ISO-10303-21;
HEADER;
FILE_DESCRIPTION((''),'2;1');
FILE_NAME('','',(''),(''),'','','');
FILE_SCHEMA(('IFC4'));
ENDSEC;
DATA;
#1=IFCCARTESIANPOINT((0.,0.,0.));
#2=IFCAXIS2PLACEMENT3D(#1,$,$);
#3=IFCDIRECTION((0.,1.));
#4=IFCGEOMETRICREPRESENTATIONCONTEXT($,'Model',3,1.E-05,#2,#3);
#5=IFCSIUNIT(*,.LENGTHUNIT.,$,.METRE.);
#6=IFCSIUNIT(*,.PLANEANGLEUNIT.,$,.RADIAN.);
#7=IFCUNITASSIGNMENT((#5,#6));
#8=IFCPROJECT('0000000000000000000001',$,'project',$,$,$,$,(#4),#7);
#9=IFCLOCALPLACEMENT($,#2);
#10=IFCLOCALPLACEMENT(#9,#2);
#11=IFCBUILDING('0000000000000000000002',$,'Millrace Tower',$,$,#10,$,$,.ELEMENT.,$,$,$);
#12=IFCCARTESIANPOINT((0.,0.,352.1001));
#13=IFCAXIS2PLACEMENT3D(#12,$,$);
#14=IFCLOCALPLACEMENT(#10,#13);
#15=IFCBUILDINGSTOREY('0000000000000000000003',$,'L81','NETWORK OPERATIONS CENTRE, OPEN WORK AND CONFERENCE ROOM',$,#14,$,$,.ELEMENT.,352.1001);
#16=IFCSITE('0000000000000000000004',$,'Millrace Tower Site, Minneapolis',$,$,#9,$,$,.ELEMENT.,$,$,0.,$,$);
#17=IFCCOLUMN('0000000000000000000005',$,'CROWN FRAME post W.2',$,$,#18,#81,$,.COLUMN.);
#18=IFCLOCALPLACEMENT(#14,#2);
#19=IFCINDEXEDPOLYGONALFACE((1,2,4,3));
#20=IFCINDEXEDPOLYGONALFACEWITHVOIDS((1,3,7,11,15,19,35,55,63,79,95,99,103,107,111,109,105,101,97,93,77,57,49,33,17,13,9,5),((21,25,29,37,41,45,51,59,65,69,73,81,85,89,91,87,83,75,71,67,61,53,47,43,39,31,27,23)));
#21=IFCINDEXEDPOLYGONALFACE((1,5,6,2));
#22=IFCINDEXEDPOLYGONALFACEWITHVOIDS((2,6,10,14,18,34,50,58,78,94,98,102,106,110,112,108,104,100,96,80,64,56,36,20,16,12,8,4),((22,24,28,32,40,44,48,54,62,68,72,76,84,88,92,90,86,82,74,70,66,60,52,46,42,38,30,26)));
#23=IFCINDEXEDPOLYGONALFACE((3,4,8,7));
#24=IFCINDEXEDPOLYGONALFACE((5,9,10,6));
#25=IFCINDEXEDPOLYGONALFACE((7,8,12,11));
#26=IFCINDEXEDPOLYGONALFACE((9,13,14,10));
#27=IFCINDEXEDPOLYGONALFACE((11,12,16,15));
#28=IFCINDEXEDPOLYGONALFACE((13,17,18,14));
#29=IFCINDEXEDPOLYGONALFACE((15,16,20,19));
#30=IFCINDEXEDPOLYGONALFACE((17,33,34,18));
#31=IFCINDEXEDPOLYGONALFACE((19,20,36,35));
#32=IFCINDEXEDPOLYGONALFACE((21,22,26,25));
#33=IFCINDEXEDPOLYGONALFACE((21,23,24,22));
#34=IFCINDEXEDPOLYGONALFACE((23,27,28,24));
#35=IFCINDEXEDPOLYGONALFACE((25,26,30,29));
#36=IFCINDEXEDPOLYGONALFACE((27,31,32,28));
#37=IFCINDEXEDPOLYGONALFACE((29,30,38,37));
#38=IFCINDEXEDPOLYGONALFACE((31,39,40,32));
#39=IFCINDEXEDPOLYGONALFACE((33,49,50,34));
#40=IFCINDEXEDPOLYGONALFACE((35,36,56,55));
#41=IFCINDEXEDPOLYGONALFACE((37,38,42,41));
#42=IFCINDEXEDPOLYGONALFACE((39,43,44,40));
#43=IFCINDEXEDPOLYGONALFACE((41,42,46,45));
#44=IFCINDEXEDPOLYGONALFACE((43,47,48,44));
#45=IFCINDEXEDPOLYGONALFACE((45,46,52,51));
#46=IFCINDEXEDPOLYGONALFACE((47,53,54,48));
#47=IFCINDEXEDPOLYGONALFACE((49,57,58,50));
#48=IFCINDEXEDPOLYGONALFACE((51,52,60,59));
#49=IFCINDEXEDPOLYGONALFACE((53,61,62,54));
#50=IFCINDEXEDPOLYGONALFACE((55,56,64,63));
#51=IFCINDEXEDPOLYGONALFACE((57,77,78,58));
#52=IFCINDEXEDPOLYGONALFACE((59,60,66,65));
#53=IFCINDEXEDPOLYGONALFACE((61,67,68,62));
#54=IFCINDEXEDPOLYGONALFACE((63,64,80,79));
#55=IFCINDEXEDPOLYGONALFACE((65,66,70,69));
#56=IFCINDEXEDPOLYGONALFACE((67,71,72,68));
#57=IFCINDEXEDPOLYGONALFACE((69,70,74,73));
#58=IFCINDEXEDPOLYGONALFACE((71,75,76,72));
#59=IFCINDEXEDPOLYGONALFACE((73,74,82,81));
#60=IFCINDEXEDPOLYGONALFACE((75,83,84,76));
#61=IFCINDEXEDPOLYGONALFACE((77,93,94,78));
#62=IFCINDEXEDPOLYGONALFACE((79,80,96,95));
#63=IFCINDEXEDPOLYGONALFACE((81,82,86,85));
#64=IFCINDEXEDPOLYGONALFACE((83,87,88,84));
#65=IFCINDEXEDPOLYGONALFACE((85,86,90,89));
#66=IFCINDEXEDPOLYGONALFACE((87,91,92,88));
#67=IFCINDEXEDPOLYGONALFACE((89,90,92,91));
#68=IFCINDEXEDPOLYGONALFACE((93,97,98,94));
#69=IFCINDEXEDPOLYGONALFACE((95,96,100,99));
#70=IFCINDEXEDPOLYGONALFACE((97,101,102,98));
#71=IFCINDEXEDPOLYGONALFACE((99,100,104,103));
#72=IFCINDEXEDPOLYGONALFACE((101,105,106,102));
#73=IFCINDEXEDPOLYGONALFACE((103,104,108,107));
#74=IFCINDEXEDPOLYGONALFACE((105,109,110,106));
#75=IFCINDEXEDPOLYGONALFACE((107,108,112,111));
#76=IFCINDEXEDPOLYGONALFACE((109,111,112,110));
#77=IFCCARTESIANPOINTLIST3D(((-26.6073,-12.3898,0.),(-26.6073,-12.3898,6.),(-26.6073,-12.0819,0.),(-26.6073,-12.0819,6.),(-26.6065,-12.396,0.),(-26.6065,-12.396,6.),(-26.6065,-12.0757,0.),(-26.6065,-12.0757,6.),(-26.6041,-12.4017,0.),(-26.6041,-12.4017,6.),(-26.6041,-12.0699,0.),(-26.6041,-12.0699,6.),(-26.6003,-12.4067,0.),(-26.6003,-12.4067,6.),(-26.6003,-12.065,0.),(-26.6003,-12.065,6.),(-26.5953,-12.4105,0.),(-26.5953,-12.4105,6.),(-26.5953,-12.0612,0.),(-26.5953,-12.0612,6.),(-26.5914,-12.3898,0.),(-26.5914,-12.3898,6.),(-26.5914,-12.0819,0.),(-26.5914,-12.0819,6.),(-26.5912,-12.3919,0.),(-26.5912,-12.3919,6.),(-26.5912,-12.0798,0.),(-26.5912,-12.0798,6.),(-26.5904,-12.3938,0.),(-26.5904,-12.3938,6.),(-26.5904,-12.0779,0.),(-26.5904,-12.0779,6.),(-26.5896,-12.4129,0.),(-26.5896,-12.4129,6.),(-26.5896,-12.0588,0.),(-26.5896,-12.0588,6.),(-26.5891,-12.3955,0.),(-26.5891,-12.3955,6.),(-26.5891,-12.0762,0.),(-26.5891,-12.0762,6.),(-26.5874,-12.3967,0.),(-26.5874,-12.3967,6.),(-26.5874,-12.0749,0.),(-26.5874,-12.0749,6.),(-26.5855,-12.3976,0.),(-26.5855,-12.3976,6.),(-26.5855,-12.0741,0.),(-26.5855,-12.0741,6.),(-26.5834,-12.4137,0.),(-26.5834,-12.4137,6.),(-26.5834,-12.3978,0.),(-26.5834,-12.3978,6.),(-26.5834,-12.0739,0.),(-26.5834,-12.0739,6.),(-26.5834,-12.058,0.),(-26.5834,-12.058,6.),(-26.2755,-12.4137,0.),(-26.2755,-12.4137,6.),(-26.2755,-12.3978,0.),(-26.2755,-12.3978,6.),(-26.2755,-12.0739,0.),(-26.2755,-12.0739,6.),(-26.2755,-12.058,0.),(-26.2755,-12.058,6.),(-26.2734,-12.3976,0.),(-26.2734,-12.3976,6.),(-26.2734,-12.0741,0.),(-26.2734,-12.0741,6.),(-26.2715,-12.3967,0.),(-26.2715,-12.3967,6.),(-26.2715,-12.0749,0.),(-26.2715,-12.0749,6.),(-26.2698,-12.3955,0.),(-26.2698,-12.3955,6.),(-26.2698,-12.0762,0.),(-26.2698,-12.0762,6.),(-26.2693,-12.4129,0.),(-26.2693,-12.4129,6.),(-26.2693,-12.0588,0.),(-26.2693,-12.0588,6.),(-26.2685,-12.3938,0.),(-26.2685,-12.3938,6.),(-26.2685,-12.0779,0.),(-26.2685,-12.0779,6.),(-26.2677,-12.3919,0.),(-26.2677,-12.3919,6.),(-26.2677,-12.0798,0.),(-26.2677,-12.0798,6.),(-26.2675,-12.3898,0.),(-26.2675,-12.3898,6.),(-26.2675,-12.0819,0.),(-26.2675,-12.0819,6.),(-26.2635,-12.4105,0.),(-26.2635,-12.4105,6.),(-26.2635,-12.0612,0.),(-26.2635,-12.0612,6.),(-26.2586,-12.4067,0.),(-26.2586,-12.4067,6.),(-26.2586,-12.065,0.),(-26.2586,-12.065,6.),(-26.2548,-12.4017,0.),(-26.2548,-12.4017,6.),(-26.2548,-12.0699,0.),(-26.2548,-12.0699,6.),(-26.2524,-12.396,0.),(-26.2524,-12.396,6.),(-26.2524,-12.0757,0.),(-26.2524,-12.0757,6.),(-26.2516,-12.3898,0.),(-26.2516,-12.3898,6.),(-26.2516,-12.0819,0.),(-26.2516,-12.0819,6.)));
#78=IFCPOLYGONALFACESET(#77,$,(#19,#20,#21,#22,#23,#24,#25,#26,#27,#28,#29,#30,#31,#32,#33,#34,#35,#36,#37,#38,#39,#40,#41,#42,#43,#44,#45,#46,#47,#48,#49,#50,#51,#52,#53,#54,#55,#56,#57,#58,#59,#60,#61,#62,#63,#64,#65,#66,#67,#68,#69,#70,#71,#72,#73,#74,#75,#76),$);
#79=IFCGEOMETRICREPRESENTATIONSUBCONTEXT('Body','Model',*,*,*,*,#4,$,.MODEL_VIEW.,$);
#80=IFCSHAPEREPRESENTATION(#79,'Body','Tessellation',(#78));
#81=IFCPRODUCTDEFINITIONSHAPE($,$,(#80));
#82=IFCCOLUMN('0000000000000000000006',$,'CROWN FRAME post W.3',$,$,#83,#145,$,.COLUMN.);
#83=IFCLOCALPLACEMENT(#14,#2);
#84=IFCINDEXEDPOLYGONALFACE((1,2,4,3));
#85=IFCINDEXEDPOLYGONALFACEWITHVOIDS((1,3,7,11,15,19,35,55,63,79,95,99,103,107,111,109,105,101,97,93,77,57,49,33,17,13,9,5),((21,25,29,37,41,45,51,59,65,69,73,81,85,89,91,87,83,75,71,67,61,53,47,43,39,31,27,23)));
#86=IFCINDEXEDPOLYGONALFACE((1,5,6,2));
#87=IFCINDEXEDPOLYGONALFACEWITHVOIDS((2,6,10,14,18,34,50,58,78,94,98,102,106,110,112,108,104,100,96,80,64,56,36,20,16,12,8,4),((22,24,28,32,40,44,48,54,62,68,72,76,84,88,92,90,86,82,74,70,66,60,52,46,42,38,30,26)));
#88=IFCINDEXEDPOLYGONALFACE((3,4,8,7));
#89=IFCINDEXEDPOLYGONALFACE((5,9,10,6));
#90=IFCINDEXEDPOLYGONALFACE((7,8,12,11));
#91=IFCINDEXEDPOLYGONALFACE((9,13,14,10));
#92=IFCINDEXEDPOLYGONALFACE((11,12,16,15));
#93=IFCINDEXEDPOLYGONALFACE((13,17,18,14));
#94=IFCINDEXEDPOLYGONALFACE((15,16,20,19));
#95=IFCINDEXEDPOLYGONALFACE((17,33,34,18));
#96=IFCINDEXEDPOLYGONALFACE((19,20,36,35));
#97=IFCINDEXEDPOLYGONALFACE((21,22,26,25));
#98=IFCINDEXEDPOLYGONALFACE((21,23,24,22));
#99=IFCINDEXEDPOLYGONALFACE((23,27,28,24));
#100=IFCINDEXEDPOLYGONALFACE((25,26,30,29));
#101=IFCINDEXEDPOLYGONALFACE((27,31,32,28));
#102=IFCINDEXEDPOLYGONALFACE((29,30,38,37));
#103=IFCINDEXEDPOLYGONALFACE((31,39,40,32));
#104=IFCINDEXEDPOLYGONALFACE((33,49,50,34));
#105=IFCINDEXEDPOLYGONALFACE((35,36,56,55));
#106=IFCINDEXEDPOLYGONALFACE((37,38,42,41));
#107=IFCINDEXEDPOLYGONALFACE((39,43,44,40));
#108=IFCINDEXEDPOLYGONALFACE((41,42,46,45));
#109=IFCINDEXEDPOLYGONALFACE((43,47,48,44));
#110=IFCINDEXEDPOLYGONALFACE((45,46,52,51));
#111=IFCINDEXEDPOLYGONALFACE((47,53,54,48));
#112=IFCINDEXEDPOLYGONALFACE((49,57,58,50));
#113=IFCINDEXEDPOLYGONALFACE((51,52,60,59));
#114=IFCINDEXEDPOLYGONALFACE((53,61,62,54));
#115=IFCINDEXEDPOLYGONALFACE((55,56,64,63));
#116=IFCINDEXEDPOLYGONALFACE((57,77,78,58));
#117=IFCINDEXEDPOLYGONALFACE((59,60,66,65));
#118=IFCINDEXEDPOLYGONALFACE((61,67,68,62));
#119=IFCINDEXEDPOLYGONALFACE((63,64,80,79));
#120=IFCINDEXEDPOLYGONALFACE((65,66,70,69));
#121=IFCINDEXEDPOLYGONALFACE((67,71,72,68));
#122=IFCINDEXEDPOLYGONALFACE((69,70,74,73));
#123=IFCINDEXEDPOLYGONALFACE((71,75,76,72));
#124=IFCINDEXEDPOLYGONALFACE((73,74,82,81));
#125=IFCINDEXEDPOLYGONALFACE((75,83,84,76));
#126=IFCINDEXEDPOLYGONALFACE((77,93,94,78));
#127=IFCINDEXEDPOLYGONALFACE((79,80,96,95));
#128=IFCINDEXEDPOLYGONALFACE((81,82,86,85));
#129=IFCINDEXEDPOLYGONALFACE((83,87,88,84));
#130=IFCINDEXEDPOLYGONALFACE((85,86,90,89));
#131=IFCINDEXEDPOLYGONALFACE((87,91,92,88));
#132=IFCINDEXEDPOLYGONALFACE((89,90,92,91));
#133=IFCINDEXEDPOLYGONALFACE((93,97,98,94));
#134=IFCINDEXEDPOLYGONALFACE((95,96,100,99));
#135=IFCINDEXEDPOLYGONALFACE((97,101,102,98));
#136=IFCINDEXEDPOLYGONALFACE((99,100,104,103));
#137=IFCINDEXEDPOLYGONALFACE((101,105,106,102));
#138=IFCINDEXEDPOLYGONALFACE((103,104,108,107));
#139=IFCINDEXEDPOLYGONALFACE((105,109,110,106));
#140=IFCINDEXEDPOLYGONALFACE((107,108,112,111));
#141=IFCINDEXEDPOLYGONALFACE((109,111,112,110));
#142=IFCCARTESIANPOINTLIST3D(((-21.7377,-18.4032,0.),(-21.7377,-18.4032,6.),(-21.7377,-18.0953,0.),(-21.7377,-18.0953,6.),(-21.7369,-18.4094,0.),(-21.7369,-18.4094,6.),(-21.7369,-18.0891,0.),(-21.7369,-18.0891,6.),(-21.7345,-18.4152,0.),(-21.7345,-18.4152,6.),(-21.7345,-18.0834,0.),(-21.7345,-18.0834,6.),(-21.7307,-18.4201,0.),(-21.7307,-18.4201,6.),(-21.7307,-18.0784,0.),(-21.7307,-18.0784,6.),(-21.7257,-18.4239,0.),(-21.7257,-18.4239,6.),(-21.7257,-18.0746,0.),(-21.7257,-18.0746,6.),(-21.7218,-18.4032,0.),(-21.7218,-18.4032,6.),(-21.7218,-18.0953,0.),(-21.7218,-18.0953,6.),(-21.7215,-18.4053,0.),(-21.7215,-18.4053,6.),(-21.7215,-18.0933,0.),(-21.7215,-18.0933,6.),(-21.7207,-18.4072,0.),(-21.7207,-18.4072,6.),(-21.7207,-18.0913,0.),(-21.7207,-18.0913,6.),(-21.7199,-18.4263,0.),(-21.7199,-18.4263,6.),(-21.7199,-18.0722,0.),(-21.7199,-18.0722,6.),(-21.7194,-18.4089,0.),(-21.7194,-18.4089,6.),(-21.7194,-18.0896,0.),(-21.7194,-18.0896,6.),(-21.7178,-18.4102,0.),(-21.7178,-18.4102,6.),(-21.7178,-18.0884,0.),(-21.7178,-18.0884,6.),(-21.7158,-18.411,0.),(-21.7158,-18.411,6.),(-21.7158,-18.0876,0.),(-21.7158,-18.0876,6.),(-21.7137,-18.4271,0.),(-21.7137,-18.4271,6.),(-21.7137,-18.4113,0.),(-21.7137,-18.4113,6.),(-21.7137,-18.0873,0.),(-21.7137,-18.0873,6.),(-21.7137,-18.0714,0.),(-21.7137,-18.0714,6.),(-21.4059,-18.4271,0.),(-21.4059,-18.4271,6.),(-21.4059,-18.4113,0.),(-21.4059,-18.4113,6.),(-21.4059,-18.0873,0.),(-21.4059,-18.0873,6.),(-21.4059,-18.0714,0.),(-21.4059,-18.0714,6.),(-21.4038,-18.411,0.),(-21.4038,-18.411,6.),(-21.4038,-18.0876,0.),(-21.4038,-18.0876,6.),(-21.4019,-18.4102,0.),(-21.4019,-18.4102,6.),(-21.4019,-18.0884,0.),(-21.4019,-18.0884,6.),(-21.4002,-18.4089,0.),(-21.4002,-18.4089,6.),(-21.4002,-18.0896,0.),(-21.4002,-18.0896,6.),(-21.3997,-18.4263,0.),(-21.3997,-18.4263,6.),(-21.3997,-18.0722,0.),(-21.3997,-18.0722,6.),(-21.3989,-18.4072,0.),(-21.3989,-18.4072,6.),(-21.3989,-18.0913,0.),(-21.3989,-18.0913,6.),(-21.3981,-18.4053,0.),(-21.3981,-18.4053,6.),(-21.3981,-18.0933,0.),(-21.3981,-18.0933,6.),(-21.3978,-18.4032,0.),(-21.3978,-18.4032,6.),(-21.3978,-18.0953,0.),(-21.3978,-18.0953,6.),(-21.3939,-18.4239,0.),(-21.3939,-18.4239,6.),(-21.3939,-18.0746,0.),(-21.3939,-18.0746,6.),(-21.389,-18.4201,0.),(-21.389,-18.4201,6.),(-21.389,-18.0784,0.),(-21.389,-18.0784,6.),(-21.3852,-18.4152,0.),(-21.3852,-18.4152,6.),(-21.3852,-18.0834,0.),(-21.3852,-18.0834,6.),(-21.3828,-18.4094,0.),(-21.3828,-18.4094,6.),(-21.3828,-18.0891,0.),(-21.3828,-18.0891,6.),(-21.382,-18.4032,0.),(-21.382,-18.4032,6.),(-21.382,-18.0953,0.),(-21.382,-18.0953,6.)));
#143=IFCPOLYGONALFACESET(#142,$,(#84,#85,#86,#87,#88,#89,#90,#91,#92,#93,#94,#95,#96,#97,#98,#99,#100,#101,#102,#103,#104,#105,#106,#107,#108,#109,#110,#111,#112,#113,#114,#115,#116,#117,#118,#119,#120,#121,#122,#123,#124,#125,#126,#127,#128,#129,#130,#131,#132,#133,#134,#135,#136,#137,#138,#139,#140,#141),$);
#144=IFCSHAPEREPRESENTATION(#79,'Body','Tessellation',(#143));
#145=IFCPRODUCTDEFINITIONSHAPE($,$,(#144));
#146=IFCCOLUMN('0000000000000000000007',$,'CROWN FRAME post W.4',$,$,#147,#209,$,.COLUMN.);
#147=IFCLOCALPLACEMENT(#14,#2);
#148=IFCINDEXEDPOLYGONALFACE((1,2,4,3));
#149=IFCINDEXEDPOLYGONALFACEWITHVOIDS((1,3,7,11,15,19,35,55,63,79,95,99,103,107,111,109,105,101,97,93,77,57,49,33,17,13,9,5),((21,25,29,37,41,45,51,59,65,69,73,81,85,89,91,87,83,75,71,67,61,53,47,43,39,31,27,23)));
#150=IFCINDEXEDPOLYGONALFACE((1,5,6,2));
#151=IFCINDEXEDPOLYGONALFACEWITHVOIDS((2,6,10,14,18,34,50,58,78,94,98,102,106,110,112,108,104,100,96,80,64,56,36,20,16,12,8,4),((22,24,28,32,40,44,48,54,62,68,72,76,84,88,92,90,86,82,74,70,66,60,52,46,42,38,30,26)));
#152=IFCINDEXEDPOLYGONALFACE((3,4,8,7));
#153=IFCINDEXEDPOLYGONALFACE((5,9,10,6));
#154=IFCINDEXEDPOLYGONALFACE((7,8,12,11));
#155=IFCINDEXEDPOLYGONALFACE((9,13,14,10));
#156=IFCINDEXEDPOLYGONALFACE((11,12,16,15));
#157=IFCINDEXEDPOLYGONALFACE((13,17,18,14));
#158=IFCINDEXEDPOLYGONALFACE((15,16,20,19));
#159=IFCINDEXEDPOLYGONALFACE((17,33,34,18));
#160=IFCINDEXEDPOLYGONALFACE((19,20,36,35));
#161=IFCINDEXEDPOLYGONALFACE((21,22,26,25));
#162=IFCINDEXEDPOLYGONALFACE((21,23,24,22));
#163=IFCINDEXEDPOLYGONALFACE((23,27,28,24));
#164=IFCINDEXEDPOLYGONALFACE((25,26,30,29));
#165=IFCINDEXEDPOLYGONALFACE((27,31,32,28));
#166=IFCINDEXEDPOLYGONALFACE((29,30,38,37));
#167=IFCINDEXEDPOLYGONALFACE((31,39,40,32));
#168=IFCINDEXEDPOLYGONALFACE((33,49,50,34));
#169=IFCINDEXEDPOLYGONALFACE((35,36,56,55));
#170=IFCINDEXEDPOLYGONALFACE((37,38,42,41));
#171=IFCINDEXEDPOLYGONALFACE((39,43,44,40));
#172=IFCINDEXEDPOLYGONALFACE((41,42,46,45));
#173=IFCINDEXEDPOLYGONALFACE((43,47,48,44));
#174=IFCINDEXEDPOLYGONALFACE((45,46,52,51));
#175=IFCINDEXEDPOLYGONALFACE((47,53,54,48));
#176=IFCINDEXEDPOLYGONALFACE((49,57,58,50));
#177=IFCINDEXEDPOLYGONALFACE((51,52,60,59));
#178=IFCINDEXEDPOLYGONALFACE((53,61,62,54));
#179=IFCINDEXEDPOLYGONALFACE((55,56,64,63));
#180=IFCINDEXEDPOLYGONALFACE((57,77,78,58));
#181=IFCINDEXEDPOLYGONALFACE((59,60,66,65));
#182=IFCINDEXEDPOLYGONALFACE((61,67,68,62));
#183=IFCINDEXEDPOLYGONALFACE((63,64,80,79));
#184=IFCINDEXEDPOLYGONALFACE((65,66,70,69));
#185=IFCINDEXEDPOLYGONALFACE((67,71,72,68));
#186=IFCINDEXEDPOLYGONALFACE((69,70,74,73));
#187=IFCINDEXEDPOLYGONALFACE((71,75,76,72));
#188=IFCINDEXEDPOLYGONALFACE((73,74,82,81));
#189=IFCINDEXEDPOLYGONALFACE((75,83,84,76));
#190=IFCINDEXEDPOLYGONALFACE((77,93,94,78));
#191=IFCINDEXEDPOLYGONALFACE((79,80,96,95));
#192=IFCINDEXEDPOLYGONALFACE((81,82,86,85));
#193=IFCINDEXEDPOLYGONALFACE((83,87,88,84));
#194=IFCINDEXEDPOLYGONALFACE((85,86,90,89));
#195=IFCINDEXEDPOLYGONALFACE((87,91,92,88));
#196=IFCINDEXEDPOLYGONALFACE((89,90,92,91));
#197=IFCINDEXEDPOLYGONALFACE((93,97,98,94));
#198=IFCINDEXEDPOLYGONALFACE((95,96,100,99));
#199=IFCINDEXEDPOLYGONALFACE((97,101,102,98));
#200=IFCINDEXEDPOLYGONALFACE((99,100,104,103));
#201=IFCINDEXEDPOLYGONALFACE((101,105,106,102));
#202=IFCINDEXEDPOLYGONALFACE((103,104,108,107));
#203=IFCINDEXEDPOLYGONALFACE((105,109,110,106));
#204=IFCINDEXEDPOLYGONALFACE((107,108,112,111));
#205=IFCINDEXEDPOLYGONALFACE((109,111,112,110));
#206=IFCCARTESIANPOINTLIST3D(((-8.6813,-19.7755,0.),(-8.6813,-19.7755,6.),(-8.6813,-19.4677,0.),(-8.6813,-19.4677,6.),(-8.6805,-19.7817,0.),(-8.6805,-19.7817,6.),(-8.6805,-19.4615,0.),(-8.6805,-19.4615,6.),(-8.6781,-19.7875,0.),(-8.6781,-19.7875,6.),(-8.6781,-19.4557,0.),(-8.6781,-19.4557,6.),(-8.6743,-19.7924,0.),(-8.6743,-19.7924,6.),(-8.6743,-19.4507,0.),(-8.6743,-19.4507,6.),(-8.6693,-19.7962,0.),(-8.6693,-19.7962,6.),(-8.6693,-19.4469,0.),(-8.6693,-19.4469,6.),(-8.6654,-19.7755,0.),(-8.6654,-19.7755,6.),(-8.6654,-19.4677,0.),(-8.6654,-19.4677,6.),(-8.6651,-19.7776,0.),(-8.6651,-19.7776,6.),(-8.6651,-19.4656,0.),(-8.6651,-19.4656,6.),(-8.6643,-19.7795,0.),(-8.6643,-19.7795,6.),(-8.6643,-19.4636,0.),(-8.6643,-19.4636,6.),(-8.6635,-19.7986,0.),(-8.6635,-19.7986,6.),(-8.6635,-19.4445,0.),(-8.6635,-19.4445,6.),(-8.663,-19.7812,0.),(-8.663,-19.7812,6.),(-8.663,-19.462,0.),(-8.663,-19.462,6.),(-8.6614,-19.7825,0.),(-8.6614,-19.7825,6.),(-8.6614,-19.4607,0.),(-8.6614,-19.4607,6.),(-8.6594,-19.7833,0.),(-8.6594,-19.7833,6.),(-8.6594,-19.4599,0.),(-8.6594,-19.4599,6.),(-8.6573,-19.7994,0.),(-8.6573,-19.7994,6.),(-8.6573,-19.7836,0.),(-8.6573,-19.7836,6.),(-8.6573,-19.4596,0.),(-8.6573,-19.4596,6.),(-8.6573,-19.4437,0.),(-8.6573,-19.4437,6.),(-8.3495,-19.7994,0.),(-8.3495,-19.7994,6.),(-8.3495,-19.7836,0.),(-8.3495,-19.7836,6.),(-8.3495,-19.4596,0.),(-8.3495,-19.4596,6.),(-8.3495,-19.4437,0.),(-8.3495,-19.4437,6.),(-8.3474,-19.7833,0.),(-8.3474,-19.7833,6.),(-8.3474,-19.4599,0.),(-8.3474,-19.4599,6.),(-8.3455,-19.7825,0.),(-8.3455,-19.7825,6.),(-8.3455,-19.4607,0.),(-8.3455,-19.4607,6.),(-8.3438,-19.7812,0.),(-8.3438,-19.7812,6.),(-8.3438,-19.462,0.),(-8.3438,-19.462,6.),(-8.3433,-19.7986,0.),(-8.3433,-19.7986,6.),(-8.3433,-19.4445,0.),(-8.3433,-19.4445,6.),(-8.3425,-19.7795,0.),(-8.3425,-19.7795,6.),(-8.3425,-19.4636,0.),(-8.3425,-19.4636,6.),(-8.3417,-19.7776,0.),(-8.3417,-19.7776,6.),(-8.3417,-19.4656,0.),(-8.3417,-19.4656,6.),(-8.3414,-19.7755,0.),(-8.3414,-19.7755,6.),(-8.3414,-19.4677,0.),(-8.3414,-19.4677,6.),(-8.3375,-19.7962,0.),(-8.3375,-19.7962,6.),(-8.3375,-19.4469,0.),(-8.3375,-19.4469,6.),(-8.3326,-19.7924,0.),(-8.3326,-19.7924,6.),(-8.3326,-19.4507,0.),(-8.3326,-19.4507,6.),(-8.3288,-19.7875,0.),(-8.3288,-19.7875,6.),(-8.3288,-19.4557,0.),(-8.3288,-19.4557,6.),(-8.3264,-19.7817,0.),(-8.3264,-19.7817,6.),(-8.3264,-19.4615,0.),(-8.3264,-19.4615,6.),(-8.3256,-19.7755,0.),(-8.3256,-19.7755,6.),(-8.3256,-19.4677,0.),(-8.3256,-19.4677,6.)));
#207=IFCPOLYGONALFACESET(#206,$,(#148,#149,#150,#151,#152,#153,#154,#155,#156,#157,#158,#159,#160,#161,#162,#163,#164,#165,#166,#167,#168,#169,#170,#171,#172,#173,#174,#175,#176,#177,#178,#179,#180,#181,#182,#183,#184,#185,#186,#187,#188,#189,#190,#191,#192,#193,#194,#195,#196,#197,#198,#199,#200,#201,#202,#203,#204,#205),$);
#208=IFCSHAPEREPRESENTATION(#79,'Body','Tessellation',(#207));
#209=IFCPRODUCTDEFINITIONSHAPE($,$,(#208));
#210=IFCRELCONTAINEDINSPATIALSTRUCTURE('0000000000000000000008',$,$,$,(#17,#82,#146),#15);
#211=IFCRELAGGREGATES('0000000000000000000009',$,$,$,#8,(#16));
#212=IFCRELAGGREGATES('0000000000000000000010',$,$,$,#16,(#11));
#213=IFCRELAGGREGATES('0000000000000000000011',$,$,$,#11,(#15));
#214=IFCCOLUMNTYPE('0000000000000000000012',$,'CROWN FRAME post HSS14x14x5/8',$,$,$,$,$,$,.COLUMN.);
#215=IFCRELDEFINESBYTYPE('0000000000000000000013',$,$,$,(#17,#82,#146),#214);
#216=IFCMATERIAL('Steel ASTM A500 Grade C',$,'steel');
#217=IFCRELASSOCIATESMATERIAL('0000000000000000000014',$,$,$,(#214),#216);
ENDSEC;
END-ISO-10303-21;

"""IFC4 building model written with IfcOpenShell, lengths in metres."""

from ifc_helpers import new_model, si_unit, direction, frame, origin, origin_2d, place, context, subcontext, project, spatial, hollow_rectangle, extrude, material, material_profile, profile_set, type_object, element, save


model = new_model("IFC4")

# Units and contexts
model_context = context("Model", 3, precision=1e-05, world=origin(), true_north=direction((0.0, 1.0)))
body_context = subcontext(model_context, "Body", "Model", "MODEL_VIEW")
ifc_project = project(units=[si_unit("LENGTHUNIT", "METRE"), si_unit("PLANEANGLEUNIT", "RADIAN")], contexts=[model_context])

# Site, building, storey
site_placement = place(None, origin())
site = spatial("IfcSite", under=ifc_project, at=site_placement, Name="Millrace Tower Site, Minneapolis", CompositionType="ELEMENT", RefElevation=0.0)
building_placement = place(site_placement, origin())
building = spatial("IfcBuilding", under=site, at=building_placement, Name="Millrace Tower", CompositionType="ELEMENT")
storey_placement = place(building_placement, frame((0.0, 0.0, 352.1001)))
storey = spatial("IfcBuildingStorey", under=building, at=storey_placement, Name="L81", Description="NETWORK OPERATIONS CENTRE, OPEN WORK AND CONFERENCE ROOM", CompositionType="ELEMENT", Elevation=352.1001)

# Columns
ifc_material_1 = material(Name="Steel ASTM A500 Grade C", Category="steel")
ifc_material_profile_1 = material_profile(ifc_material_1, hollow_rectangle(XDim=0.3557, YDim=0.3557, WallThickness=0.0159, InnerFilletRadius=0.0081, OuterFilletRadius=0.0239, at=origin_2d()))
ifc_profile_set_1 = profile_set([ifc_material_profile_1], Name="Steel ASTM A500 Grade C")
column_type = type_object("IfcColumnType", Name="CROWN FRAME post HSS14x14x5/8", PredefinedType="COLUMN", material=ifc_profile_set_1)
for number, where, z_axis, x_axis, name in (
    (1, (-26.4294, -12.2358, 0.0), (0.0, 0.0, 1.0), (1.0, 0.0, 0.0), "CROWN FRAME post W.2"),
    (2, (-21.5598, -18.2493, 0.0), (0.0, 0.0, 1.0), (1.0, 0.0, 0.0), "CROWN FRAME post W.3"),
    (3, (-8.5034, -19.6216, 0.0), (0.0, 0.0, 1.0), (1.0, 0.0, 0.0), "CROWN FRAME post W.4"),
):
    element("IfcColumn", number, at=place(storey_placement, frame(where, z_axis=z_axis, x_axis=x_axis)), inside=storey, type_object=column_type, Name=name, PredefinedType="COLUMN", context=body_context, shape_type="SweptSolid", body=[
        extrude(hollow_rectangle(XDim=0.3557, YDim=0.3557, WallThickness=0.0159, InnerFilletRadius=0.0081, OuterFilletRadius=0.0239, at=origin_2d()), origin(), (0.0, 0.0, 1.0), 6.0),
    ])

save(model, "model.ifc")
